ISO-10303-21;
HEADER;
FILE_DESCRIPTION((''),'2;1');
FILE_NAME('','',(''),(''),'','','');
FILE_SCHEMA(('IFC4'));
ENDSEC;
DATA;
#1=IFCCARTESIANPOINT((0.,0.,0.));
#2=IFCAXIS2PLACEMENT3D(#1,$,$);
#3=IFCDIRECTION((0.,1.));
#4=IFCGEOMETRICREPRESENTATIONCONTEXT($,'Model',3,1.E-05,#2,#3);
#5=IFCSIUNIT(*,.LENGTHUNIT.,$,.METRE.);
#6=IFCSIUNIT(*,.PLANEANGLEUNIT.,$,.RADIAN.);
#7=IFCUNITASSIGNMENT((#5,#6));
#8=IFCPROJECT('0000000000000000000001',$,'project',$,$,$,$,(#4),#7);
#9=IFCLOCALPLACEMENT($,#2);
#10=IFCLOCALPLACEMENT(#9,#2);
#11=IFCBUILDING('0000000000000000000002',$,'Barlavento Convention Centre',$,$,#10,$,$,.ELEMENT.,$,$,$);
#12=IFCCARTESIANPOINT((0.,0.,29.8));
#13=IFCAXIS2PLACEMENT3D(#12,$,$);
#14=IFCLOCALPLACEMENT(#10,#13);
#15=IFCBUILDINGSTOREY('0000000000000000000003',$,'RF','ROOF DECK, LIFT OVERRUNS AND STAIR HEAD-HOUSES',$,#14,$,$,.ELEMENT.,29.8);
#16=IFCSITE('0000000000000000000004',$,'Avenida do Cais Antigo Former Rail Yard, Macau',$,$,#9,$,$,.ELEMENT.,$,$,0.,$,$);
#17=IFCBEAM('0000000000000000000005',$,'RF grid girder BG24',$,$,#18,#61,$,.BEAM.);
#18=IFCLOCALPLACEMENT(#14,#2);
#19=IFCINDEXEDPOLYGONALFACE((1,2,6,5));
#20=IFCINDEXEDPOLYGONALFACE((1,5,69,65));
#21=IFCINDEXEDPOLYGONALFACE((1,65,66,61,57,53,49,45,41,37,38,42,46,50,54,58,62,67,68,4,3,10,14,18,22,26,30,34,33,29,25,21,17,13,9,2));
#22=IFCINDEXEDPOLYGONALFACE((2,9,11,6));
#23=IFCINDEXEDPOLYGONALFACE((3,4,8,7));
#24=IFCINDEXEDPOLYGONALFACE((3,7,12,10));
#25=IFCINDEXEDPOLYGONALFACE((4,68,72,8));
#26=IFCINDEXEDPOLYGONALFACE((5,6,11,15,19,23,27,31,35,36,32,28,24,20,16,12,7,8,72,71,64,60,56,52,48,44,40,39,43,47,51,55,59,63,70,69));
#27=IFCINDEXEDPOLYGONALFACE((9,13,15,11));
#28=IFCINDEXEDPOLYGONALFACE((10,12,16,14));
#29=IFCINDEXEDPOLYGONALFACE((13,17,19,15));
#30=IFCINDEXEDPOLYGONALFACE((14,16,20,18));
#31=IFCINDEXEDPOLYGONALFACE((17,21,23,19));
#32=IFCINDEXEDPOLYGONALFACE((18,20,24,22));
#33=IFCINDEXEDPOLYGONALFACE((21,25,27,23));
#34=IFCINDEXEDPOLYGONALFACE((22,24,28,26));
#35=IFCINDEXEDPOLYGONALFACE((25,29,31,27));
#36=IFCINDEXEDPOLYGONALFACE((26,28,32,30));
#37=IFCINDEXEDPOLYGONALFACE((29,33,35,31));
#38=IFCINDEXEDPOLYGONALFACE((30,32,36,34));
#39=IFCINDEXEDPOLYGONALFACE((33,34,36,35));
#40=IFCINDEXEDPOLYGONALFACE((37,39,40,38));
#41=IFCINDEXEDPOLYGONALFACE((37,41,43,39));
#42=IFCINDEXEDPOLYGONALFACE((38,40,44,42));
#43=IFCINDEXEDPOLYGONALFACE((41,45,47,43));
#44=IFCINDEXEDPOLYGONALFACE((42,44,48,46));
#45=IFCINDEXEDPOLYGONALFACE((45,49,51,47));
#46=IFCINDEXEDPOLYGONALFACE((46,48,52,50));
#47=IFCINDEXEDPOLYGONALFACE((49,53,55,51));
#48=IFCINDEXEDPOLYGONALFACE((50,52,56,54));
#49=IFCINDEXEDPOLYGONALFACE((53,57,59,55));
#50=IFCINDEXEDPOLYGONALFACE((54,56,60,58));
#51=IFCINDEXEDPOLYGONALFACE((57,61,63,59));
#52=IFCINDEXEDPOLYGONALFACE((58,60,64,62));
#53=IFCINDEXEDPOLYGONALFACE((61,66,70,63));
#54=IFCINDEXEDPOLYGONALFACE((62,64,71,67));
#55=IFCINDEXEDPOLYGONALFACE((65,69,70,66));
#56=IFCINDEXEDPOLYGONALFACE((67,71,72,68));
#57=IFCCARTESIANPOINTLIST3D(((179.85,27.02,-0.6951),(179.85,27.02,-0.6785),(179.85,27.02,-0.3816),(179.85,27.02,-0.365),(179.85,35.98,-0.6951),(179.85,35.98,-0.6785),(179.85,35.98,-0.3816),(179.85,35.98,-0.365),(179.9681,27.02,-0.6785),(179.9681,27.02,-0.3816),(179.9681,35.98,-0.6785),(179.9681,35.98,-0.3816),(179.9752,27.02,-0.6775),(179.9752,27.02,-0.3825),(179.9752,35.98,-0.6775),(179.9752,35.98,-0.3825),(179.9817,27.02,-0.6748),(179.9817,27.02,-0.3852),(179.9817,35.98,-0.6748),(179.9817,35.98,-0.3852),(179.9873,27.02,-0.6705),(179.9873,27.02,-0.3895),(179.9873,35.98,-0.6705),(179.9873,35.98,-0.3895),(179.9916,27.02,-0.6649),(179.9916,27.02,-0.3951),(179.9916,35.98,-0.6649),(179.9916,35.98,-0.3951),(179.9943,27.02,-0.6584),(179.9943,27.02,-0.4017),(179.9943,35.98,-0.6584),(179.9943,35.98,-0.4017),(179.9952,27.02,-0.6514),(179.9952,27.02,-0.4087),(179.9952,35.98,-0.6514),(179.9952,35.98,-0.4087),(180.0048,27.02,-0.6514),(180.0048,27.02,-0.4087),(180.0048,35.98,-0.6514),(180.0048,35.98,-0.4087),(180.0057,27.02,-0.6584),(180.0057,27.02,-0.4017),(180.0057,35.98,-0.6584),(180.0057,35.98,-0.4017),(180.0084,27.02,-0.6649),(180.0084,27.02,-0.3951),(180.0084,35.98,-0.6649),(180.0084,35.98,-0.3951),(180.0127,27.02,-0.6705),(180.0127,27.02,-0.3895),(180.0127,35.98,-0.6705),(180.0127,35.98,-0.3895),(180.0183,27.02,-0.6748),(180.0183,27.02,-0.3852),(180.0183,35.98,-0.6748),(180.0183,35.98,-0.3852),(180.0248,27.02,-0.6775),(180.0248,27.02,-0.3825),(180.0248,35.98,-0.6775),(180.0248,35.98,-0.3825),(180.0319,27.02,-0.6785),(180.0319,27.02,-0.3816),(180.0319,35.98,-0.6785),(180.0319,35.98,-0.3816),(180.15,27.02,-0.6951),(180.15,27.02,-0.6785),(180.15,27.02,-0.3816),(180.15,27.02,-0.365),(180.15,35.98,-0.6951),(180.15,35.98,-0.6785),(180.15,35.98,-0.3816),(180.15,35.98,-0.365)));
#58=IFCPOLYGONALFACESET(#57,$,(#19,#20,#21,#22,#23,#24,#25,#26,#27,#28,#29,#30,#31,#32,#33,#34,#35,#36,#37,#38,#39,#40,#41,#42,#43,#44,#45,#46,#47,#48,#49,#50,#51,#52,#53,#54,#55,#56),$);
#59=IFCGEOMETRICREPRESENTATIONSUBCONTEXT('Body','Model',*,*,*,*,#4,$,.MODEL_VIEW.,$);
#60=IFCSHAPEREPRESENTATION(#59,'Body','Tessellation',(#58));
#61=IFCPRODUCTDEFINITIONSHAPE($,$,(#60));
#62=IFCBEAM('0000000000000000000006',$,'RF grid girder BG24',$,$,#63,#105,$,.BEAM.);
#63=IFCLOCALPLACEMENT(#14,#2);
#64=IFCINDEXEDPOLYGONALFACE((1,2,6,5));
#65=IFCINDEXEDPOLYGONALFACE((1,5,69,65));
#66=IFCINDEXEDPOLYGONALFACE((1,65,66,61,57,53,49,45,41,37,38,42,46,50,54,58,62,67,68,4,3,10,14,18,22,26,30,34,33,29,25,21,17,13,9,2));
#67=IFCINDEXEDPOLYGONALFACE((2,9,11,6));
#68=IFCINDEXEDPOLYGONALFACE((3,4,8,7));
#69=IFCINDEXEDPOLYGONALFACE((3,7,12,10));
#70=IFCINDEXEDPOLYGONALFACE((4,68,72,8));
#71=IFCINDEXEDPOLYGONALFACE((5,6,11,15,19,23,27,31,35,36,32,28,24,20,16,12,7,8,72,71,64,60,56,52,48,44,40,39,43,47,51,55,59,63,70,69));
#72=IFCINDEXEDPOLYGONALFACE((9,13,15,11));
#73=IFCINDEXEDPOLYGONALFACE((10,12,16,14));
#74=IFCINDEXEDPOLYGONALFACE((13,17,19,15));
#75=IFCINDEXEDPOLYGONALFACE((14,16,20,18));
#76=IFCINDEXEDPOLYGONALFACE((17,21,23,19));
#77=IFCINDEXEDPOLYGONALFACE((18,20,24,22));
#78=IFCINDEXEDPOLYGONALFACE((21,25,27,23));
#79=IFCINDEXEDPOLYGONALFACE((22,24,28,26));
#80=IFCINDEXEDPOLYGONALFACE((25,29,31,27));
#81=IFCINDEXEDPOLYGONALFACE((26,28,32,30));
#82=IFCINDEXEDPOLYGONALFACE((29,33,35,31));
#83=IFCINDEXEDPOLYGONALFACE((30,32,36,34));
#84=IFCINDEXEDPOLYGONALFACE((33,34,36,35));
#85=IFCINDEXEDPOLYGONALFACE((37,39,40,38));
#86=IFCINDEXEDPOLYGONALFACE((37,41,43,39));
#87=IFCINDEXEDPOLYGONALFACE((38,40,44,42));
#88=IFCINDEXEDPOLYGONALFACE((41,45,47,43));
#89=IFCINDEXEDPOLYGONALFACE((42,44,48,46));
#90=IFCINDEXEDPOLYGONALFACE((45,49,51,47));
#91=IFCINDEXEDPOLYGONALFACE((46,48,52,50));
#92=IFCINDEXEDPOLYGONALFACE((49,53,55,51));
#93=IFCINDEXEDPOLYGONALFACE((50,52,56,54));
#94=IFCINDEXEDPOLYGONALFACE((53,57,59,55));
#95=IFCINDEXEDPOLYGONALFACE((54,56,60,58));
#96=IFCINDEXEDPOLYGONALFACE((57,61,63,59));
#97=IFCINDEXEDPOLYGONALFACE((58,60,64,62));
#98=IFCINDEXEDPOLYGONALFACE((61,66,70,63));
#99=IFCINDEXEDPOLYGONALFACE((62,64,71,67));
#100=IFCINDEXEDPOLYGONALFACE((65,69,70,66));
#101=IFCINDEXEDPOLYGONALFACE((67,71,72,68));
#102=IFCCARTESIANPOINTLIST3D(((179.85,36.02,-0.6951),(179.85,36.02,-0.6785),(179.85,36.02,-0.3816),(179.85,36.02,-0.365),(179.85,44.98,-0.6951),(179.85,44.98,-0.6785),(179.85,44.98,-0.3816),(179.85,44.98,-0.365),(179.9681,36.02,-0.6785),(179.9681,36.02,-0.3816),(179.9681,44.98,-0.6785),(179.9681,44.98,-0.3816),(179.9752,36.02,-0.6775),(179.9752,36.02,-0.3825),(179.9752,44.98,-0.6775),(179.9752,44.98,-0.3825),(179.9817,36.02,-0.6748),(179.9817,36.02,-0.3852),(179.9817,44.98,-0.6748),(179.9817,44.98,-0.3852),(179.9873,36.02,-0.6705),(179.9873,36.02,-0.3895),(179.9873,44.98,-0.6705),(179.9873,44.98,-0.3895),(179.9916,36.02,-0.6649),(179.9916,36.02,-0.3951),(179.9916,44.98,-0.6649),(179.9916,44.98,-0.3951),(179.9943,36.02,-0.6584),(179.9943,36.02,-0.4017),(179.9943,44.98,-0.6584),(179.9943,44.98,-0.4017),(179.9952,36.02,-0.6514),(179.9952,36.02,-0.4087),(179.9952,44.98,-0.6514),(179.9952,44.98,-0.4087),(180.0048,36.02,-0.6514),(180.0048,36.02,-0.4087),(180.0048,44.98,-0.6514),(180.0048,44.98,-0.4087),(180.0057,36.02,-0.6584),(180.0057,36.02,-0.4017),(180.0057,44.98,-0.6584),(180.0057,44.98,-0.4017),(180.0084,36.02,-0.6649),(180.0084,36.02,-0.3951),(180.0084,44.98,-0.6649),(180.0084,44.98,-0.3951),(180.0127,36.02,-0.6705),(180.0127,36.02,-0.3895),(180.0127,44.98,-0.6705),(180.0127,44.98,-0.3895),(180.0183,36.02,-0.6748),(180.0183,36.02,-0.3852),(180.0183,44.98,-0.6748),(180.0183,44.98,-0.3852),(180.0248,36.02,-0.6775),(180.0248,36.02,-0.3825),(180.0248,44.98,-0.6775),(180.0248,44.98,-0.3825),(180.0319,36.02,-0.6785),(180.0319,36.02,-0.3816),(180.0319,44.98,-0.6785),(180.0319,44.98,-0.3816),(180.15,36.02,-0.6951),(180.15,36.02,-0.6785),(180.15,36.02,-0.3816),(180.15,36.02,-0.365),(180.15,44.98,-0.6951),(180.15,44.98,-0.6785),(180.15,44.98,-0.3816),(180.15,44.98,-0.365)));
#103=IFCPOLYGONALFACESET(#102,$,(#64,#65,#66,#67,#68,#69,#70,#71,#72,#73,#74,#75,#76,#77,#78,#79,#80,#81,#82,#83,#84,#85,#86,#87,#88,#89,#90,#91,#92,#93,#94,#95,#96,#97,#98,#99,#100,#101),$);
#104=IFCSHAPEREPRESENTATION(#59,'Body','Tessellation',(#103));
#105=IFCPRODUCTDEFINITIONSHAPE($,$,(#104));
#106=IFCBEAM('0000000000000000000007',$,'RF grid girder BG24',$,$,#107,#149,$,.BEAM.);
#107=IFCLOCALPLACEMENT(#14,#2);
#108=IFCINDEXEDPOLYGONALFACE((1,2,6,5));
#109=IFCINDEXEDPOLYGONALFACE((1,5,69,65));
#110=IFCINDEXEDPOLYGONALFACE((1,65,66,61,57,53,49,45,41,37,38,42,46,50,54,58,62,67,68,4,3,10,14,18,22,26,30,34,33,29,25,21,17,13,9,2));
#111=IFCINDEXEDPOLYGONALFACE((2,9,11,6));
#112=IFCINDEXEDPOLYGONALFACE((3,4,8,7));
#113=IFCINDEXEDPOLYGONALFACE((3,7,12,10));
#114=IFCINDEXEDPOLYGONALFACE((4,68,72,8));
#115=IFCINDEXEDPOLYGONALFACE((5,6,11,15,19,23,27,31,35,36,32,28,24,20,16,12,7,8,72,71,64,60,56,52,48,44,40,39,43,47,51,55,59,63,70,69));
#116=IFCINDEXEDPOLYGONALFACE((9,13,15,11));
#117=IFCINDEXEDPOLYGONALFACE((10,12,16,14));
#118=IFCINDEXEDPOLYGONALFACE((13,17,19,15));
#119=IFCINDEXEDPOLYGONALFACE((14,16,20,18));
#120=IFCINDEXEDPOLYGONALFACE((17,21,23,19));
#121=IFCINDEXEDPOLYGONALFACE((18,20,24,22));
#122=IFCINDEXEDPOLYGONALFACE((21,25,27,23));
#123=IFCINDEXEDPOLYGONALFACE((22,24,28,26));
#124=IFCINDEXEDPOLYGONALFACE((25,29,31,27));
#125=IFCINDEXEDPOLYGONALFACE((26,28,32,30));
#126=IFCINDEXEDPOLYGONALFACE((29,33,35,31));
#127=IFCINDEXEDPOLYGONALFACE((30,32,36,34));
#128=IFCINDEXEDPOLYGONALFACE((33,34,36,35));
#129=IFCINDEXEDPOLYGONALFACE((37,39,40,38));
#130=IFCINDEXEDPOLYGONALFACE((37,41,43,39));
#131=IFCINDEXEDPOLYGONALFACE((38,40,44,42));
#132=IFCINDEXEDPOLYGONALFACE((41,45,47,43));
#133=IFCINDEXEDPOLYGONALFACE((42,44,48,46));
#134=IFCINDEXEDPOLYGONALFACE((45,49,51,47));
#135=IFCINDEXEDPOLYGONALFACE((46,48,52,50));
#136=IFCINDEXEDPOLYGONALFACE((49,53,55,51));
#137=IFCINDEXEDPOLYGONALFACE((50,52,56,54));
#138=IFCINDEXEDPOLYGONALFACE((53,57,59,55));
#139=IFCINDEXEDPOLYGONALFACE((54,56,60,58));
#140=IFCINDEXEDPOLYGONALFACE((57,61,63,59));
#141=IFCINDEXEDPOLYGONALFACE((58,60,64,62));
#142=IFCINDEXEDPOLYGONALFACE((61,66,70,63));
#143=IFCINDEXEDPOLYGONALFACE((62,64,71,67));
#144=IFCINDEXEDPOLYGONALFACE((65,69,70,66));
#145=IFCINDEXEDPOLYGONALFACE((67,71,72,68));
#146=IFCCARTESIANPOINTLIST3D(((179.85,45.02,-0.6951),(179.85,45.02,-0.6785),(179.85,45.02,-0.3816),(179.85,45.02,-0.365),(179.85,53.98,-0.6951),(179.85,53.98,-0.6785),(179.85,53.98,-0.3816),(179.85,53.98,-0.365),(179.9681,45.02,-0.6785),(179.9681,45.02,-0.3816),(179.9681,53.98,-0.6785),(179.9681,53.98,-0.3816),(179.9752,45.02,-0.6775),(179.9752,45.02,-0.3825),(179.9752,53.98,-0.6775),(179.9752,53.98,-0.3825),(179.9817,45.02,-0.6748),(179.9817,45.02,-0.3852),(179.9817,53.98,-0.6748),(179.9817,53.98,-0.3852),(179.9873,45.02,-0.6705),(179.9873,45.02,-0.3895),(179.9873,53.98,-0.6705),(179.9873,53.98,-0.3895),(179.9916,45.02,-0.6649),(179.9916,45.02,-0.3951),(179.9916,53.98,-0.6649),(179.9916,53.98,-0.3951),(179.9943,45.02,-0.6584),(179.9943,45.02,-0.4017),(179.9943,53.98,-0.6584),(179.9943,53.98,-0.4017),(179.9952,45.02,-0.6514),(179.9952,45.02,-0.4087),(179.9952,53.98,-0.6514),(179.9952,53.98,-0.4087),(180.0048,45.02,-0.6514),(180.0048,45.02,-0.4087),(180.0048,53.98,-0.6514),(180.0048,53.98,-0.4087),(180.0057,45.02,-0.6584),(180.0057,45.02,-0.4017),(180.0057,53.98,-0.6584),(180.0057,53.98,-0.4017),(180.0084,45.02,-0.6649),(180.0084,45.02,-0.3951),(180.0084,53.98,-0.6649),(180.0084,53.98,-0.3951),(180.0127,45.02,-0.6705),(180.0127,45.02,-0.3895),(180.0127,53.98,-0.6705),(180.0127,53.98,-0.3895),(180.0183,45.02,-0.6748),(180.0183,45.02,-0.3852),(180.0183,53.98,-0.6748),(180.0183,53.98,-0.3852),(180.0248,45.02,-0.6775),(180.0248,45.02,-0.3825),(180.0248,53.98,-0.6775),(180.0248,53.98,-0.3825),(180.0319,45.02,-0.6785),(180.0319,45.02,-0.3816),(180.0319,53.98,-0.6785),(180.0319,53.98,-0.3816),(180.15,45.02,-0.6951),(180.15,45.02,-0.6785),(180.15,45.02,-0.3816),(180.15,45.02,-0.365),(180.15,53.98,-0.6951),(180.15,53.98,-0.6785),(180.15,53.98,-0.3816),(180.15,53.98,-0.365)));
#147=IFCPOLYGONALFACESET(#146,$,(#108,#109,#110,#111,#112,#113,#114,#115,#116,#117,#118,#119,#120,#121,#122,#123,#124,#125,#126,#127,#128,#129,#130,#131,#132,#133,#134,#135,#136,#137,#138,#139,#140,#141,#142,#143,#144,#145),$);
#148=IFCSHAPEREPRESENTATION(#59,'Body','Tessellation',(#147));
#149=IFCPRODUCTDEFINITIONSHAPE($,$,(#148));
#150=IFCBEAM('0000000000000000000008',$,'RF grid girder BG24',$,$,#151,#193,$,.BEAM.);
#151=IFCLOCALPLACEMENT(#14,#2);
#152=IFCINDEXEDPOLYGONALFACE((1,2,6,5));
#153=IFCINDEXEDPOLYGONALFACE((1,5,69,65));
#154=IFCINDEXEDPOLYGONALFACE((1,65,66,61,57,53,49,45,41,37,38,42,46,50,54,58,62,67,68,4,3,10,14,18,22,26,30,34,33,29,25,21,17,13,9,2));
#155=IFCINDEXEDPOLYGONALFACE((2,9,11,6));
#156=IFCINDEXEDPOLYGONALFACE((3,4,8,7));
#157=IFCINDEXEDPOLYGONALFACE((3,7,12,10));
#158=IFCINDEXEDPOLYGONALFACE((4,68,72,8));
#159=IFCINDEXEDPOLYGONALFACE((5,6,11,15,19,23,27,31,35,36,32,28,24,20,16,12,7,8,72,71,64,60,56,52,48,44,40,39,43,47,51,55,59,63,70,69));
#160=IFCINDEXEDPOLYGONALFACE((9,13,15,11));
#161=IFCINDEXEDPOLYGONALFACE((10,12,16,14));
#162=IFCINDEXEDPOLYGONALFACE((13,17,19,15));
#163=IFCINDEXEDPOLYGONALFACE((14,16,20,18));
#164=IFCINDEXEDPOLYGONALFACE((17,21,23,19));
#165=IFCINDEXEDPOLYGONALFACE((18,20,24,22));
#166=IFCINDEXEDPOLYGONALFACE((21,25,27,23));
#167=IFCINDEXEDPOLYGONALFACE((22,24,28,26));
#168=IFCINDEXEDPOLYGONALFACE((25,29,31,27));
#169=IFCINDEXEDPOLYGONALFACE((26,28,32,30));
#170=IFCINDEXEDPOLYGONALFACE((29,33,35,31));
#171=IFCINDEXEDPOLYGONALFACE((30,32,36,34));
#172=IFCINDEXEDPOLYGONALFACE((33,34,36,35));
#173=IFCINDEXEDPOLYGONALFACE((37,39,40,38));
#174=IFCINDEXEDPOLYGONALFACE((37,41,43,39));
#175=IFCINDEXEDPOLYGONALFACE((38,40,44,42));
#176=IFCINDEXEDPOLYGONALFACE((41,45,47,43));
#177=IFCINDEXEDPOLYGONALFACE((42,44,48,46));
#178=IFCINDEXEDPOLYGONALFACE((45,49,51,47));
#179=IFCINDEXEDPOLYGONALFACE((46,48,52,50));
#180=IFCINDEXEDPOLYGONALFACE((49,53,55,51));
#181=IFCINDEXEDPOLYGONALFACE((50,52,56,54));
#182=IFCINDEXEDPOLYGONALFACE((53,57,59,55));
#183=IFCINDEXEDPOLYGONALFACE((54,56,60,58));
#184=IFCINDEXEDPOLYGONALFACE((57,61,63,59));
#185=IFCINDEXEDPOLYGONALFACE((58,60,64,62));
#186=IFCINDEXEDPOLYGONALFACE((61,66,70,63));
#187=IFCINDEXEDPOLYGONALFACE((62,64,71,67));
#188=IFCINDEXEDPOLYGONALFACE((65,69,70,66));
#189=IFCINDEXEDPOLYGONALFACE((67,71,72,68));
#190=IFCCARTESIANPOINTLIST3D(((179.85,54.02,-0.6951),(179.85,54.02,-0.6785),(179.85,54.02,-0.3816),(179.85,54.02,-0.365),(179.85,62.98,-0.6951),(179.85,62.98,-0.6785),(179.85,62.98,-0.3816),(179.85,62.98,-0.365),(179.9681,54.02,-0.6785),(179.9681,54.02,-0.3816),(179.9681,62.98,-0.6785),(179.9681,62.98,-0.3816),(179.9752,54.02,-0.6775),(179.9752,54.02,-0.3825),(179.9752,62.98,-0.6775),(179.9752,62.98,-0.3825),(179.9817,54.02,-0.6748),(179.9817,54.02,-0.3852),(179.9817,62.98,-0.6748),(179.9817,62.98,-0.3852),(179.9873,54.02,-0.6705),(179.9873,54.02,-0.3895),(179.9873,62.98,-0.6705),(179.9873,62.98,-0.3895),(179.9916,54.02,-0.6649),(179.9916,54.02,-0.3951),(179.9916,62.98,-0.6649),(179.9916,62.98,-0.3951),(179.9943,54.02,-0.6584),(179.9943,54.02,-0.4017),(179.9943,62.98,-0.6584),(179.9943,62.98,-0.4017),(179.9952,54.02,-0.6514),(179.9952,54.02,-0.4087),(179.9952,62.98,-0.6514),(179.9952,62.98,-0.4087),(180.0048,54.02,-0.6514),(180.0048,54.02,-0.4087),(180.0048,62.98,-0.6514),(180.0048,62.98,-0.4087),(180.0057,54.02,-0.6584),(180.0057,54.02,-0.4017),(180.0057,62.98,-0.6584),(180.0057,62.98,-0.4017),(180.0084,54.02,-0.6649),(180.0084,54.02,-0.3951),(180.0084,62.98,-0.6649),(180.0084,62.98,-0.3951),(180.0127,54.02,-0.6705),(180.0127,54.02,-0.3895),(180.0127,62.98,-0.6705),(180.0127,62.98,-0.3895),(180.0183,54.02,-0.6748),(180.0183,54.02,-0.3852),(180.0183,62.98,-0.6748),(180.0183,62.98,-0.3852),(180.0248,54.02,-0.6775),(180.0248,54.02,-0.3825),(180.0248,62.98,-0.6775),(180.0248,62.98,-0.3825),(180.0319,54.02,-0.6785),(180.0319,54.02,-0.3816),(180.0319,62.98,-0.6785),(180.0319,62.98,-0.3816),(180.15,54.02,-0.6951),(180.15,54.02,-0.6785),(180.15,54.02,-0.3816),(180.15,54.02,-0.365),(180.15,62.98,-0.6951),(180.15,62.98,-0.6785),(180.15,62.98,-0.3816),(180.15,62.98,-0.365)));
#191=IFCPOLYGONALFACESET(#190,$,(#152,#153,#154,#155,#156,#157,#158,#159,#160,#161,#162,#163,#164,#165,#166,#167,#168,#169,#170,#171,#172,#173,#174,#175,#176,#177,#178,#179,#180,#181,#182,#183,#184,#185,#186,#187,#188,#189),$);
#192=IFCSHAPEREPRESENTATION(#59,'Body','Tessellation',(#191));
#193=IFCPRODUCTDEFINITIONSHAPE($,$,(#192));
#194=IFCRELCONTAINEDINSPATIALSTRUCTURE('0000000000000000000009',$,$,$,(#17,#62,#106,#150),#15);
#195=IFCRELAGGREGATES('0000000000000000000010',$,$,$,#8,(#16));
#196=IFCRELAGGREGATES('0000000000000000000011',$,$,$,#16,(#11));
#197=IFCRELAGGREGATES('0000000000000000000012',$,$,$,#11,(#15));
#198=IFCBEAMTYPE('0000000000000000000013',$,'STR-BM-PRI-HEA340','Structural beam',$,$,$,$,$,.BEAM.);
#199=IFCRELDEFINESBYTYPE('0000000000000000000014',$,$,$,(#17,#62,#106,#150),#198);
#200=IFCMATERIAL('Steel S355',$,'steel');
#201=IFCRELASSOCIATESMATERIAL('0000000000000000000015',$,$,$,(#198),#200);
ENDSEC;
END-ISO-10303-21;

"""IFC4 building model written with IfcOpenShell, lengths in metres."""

from ifc_helpers import new_model, si_unit, direction, frame, origin, origin_2d, place, context, subcontext, project, spatial, i_section, extrude, material, material_profile, profile_set, type_object, element, save


model = new_model("IFC4")

# Units and contexts
model_context = context("Model", 3, precision=1e-05, world=origin(), true_north=direction((0.0, 1.0)))
body_context = subcontext(model_context, "Body", "Model", "MODEL_VIEW")
ifc_project = project(units=[si_unit("LENGTHUNIT", "METRE"), si_unit("PLANEANGLEUNIT", "RADIAN")], contexts=[model_context])

# Site, building, storey
site_placement = place(None, origin())
site = spatial("IfcSite", under=ifc_project, at=site_placement, Name="Avenida do Cais Antigo Former Rail Yard, Macau", CompositionType="ELEMENT", RefElevation=0.0)
building_placement = place(site_placement, origin())
building = spatial("IfcBuilding", under=site, at=building_placement, Name="Barlavento Convention Centre", CompositionType="ELEMENT")
storey_placement = place(building_placement, frame((0.0, 0.0, 29.8)))
storey = spatial("IfcBuildingStorey", under=building, at=storey_placement, Name="RF", Description="ROOF DECK, LIFT OVERRUNS AND STAIR HEAD-HOUSES", CompositionType="ELEMENT", Elevation=29.8)

# Beams
ifc_material_1 = material(Name="Steel S355", Category="steel")
ifc_material_profile_1 = material_profile(ifc_material_1, i_section(OverallWidth=0.3, OverallDepth=0.3301, WebThickness=0.0095, FlangeThickness=0.0166, FilletRadius=0.0271, at=origin_2d()), Name="HEA 340")
ifc_profile_set_1 = profile_set([ifc_material_profile_1], Name="Steel S355")
beam_type_1 = type_object("IfcBeamType", Name="STR-BM-PRI-HEA340", Description="Structural beam", PredefinedType="BEAM", material=ifc_profile_set_1)
for number, where, z_axis, x_axis, name in (
    (1, (180.0, 27.02, -0.53), (0.0, 1.0, 0.0), (-1.0, 0.0, 0.0), "RF grid girder BG24"),
    (2, (180.0, 36.02, -0.53), (0.0, 1.0, 0.0), (-1.0, 0.0, 0.0), "RF grid girder BG24"),
    (3, (180.0, 45.02, -0.53), (0.0, 1.0, 0.0), (-1.0, 0.0, 0.0), "RF grid girder BG24"),
    (4, (180.0, 54.02, -0.53), (0.0, 1.0, 0.0), (-1.0, 0.0, 0.0), "RF grid girder BG24"),
):
    element("IfcBeam", number, at=place(storey_placement, frame(where, z_axis=z_axis, x_axis=x_axis)), inside=storey, type_object=beam_type_1, Name=name, PredefinedType="BEAM", context=body_context, shape_type="SweptSolid", body=[
        extrude(i_section(OverallWidth=0.3, OverallDepth=0.3301, WebThickness=0.0095, FlangeThickness=0.0166, FilletRadius=0.0271, at=origin_2d()), origin(), (0.0, 0.0, 1.0), 8.96),
    ])

save(model, "model.ifc")
